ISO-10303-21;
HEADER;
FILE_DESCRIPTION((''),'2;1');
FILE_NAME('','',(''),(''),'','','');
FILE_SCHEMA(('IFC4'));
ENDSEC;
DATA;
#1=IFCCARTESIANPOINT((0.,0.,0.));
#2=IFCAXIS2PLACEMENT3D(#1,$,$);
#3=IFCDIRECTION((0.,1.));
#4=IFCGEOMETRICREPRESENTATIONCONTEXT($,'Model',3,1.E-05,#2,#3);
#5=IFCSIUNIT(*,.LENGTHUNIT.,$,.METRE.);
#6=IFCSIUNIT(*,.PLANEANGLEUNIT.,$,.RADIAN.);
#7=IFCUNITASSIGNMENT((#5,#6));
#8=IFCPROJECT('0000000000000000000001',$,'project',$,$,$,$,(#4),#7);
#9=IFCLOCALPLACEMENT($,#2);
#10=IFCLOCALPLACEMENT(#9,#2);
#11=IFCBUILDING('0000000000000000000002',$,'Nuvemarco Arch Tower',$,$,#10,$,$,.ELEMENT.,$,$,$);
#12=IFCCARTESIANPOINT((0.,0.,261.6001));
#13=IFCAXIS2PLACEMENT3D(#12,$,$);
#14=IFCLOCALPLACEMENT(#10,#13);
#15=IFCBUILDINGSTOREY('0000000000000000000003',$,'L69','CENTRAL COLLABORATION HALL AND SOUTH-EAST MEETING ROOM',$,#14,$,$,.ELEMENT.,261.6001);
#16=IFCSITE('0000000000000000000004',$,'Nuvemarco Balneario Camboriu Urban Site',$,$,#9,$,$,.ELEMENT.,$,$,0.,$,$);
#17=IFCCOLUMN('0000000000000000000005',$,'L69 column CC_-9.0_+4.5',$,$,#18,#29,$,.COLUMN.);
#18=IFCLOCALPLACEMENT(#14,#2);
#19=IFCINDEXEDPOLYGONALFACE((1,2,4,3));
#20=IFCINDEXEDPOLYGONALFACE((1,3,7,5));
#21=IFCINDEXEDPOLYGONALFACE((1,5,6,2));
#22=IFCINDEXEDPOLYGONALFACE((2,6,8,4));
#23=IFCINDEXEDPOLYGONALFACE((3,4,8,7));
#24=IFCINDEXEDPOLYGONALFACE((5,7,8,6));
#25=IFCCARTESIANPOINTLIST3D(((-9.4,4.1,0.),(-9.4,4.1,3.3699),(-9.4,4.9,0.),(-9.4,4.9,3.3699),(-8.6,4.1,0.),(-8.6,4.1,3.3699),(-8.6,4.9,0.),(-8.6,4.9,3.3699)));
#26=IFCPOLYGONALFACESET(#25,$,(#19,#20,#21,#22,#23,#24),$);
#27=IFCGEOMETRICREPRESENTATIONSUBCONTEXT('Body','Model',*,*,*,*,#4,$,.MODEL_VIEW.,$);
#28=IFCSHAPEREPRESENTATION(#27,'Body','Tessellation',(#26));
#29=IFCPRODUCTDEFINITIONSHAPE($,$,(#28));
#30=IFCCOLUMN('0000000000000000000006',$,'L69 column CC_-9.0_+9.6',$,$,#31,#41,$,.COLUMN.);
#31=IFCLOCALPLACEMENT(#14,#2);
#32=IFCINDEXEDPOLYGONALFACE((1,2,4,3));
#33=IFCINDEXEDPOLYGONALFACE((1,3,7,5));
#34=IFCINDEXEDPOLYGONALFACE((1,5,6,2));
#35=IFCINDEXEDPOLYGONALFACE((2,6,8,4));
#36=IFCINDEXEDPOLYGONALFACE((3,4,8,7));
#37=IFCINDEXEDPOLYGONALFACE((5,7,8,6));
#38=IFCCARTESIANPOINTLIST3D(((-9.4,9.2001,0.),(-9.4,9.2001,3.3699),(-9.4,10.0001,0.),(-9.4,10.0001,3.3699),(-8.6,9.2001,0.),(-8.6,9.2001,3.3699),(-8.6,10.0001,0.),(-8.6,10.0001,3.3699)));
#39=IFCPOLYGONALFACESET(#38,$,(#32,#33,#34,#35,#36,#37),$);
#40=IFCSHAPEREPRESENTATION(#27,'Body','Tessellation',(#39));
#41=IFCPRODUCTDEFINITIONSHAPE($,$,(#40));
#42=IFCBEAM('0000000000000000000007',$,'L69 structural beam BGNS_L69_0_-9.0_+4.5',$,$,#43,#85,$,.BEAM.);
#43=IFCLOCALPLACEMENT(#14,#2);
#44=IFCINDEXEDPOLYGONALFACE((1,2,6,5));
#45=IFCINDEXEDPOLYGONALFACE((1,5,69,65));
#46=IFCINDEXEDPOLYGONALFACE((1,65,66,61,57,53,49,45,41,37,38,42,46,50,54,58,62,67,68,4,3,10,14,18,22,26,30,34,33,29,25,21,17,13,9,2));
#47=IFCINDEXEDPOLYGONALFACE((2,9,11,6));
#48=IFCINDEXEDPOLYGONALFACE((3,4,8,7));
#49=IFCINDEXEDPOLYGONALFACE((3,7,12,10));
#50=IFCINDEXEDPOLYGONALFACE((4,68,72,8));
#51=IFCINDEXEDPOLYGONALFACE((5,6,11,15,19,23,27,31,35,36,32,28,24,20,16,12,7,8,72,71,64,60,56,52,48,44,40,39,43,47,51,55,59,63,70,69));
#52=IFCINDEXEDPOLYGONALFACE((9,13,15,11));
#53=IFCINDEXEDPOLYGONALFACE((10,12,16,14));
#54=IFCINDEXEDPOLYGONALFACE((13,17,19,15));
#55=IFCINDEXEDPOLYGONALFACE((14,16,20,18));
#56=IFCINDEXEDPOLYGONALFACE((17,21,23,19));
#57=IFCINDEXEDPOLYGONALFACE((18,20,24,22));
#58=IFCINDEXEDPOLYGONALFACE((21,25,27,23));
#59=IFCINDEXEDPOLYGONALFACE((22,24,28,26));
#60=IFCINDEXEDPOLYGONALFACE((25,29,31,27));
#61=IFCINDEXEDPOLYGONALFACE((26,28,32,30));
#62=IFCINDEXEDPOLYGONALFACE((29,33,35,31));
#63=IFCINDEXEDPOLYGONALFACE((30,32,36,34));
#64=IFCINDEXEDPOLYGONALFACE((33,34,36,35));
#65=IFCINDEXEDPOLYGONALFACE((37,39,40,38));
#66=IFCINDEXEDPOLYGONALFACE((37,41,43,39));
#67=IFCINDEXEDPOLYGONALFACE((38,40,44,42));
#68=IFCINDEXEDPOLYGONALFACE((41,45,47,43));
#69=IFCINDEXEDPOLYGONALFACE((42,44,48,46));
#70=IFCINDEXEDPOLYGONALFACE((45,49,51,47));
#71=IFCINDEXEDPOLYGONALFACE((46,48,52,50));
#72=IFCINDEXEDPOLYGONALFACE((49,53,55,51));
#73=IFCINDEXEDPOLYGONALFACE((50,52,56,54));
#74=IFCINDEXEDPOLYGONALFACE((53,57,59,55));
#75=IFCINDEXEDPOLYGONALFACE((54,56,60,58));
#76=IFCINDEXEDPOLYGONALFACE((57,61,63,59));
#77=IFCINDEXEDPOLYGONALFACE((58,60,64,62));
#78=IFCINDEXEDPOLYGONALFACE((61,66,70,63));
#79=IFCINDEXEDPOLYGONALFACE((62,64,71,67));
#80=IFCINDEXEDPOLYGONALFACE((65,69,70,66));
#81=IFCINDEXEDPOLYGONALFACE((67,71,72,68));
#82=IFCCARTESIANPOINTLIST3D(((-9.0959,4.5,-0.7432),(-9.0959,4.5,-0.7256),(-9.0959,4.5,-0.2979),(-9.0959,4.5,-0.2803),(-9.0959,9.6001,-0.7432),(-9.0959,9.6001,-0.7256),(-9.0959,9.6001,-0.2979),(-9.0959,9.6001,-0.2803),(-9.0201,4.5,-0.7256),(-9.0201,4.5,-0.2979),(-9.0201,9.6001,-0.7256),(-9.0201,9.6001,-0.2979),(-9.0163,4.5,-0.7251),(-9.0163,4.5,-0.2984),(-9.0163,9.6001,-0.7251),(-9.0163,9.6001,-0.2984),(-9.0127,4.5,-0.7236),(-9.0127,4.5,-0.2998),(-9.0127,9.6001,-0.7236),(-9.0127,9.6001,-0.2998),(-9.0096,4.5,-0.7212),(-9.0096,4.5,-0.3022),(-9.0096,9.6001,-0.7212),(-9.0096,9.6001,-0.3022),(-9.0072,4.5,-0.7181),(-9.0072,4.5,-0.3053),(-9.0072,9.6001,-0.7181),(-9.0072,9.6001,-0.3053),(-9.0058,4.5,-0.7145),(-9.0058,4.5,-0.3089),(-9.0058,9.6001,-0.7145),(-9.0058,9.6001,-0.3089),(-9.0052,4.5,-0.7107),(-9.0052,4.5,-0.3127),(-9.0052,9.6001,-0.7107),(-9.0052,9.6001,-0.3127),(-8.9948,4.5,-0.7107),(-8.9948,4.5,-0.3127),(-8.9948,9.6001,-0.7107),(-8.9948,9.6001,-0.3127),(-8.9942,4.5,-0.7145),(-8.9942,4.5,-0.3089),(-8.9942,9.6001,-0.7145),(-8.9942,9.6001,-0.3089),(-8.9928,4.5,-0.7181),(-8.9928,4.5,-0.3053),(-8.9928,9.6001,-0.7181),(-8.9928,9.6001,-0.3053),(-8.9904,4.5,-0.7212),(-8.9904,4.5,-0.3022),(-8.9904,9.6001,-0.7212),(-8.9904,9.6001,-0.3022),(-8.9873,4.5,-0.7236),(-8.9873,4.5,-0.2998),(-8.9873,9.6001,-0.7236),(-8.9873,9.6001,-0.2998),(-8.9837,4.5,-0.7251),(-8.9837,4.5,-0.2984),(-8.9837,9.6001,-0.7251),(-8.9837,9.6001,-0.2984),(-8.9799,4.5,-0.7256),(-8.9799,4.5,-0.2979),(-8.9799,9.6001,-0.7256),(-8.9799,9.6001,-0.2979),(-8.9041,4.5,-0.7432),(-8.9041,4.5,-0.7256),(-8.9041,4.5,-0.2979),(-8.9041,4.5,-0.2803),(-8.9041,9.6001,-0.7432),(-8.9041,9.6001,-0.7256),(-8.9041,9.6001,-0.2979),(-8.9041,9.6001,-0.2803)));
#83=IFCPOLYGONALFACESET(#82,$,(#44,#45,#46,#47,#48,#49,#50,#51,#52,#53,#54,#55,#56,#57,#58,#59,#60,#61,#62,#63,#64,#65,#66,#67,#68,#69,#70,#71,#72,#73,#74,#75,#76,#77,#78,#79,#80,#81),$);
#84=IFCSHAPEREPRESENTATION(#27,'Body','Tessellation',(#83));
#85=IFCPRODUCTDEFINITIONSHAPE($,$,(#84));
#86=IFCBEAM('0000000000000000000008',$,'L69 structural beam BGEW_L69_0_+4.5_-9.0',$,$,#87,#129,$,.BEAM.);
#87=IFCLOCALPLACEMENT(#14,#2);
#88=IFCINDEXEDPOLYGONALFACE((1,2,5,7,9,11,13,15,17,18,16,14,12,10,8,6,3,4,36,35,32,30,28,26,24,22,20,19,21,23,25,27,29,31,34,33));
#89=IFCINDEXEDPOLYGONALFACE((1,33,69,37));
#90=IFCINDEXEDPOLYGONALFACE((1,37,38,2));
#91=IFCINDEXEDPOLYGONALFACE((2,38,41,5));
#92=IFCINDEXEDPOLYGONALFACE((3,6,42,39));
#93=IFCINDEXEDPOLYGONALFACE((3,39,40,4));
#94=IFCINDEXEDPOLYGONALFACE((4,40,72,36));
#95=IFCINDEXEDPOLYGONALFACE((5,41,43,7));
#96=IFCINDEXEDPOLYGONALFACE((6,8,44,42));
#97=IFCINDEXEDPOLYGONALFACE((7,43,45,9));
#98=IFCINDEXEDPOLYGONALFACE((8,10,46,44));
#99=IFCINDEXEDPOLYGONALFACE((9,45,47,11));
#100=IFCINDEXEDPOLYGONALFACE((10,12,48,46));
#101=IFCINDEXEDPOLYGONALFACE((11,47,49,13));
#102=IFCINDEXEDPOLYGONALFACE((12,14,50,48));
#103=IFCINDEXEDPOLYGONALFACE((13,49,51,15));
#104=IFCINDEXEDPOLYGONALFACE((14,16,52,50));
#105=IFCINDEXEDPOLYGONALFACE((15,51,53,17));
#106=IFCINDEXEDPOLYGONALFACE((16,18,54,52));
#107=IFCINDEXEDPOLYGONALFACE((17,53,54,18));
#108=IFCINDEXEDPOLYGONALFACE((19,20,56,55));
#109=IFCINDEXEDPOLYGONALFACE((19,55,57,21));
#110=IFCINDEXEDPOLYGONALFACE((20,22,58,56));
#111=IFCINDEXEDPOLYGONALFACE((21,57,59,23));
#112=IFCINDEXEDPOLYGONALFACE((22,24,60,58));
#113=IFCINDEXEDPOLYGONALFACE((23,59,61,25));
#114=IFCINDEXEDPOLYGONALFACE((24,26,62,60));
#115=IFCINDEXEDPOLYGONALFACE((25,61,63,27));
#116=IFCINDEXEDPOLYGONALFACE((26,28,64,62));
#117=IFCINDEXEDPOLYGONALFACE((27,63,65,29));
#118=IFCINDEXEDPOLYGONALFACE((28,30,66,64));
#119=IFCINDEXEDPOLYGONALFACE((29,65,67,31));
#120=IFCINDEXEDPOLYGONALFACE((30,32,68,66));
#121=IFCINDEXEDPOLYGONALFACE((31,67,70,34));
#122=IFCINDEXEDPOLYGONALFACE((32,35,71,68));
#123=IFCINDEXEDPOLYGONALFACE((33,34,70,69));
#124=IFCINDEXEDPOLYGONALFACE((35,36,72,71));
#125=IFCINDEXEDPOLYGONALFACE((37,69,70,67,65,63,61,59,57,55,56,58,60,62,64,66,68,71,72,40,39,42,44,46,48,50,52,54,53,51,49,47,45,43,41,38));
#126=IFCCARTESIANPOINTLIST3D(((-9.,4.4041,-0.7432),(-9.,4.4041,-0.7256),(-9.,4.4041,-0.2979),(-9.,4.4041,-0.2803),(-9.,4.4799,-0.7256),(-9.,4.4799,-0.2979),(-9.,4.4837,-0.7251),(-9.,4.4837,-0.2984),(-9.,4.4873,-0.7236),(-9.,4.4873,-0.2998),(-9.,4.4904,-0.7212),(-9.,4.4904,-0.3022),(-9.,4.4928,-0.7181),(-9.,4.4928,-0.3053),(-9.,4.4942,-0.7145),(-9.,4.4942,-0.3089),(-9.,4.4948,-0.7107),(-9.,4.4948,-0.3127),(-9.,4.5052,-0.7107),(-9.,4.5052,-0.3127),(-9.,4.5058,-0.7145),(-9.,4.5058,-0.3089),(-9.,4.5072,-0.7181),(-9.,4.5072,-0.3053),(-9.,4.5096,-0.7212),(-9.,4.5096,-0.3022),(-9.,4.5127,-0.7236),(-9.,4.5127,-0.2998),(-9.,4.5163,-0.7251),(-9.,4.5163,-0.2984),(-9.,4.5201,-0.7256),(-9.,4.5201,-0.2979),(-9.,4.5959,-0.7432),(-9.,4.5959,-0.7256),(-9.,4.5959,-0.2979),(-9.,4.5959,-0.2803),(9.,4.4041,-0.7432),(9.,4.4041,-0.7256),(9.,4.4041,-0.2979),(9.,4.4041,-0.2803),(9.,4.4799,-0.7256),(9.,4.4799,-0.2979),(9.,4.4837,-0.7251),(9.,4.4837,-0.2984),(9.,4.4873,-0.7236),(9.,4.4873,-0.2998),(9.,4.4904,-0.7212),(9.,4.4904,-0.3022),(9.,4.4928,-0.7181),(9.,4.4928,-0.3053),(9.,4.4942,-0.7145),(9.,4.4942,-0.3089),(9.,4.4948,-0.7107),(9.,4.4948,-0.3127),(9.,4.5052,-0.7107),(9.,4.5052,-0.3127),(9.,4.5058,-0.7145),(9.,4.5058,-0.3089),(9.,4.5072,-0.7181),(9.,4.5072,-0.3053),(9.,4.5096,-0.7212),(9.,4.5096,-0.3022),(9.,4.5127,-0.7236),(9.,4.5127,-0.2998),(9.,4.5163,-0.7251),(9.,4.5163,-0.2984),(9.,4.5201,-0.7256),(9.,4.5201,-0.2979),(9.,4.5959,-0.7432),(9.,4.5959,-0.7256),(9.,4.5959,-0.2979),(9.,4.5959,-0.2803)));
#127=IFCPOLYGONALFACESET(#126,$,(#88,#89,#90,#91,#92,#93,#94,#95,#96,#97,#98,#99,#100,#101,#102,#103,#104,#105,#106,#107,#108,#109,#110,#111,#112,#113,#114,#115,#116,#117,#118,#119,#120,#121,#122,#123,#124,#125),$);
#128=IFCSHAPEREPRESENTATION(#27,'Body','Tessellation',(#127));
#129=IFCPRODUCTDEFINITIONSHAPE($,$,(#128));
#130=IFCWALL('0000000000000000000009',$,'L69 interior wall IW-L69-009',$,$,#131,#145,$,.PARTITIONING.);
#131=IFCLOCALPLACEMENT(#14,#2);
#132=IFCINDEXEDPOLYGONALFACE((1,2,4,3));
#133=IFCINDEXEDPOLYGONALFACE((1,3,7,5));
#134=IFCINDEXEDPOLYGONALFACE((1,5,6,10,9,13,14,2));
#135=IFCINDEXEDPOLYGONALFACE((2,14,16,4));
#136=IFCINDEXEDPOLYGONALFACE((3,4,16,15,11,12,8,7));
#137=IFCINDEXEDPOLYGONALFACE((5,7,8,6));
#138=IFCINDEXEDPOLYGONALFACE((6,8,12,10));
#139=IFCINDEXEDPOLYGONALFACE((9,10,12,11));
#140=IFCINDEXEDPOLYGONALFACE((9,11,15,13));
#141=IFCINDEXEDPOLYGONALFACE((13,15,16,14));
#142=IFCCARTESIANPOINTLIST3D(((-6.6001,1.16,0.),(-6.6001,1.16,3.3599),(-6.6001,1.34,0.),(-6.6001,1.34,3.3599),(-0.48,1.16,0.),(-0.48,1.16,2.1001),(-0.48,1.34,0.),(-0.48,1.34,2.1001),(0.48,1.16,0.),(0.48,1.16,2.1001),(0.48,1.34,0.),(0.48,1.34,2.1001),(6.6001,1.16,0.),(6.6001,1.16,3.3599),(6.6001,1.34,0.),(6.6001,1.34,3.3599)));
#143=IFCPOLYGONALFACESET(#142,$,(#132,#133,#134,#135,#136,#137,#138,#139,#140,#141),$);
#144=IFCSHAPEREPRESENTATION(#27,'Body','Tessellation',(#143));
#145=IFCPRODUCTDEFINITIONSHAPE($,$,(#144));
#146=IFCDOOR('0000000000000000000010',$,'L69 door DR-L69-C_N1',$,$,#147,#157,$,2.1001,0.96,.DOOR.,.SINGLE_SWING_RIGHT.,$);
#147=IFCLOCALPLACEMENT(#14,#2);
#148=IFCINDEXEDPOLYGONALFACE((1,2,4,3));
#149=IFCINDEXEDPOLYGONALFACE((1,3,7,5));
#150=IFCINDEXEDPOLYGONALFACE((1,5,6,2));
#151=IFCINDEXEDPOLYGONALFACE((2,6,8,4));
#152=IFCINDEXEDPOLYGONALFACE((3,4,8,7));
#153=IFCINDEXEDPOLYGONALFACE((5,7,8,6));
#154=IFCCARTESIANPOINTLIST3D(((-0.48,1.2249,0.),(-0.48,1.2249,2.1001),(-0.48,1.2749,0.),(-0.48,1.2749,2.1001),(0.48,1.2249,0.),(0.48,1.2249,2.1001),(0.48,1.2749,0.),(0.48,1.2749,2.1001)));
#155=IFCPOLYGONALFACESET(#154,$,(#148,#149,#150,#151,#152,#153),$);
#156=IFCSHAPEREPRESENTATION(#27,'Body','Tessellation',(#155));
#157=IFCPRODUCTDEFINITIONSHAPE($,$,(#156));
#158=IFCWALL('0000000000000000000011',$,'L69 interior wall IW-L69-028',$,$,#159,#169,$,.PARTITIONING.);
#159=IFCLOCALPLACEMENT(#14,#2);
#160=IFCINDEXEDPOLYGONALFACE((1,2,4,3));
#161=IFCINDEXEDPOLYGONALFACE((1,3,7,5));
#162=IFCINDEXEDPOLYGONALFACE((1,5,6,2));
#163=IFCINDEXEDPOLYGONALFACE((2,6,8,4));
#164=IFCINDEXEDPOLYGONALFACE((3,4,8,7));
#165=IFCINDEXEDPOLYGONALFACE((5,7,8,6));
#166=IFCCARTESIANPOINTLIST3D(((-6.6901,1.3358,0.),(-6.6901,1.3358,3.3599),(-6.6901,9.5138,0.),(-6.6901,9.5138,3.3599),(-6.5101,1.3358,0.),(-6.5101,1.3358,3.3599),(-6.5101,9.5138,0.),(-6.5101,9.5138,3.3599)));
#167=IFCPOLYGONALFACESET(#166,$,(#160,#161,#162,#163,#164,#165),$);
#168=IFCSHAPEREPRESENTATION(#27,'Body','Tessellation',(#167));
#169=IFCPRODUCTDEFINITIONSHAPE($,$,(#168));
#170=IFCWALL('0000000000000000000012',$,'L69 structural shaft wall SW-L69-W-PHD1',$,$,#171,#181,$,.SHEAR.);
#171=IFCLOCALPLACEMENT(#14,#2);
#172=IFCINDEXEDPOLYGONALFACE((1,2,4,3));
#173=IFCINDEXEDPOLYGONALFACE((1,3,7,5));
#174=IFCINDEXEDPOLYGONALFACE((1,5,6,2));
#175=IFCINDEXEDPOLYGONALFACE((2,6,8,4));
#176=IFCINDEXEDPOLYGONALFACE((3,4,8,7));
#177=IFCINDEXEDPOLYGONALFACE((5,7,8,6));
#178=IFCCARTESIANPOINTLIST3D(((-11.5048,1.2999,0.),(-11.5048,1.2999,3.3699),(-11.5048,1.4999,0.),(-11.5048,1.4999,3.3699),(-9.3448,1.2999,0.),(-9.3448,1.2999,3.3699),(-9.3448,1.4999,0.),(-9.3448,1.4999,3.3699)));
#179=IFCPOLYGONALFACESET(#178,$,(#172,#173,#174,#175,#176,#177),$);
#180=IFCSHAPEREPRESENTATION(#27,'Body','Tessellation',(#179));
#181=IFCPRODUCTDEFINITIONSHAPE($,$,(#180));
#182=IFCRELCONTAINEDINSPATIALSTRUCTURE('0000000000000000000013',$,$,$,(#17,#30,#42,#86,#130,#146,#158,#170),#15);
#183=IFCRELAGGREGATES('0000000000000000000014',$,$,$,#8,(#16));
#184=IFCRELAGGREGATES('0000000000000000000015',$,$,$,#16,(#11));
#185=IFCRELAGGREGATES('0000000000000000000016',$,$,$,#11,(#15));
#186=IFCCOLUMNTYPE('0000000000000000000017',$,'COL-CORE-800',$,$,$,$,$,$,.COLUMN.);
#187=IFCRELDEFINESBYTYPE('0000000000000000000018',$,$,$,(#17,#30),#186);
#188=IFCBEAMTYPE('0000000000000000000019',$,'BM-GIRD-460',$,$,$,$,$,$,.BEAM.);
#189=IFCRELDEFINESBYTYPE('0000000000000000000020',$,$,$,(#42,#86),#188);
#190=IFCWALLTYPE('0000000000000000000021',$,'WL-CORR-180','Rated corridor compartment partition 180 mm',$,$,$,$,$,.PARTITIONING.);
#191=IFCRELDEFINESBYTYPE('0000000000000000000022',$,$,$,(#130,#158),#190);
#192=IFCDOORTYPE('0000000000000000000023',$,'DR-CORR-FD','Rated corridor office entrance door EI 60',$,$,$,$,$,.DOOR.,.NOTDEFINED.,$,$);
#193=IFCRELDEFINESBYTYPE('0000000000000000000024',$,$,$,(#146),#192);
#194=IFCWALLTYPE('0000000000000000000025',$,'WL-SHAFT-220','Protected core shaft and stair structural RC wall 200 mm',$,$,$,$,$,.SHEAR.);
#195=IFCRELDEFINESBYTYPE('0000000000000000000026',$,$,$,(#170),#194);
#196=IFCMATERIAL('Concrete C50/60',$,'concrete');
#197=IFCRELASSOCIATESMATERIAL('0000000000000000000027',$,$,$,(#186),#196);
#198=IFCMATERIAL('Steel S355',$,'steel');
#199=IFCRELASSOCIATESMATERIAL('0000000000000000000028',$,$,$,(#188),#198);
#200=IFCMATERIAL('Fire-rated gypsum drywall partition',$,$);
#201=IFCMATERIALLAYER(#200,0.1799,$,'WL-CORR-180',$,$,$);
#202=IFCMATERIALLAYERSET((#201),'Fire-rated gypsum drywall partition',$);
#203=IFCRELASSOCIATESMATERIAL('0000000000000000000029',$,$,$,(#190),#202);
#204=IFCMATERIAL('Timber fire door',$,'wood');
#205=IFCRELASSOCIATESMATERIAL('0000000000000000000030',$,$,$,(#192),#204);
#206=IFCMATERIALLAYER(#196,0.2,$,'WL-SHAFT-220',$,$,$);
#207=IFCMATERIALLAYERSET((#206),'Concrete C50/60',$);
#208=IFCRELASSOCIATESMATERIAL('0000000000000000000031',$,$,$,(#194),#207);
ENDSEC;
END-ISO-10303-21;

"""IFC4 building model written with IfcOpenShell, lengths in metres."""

from ifc_helpers import new_model, si_unit, direction, frame, frame_2d, origin, origin_2d, place, context, subcontext, project, spatial, rectangle, i_section, extrude, source, transform, mapped, material, layer, layer_set, material_profile, profile_set, type_object, type_shapes, element, fill, save


model = new_model("IFC4")

# Units and contexts
model_context = context("Model", 3, precision=1e-05, world=origin(), true_north=direction((0.0, 1.0)))
body_context = subcontext(model_context, "Body", "Model", "MODEL_VIEW")
ifc_project = project(units=[si_unit("LENGTHUNIT", "METRE"), si_unit("PLANEANGLEUNIT", "RADIAN")], contexts=[model_context])

# Site, building, storey
site_placement = place(None, origin())
site = spatial("IfcSite", under=ifc_project, at=site_placement, Name="Nuvemarco Balneario Camboriu Urban Site", CompositionType="ELEMENT", RefElevation=0.0)
building_placement = place(site_placement, origin())
building = spatial("IfcBuilding", under=site, at=building_placement, Name="Nuvemarco Arch Tower", CompositionType="ELEMENT")
storey_placement = place(building_placement, frame((0.0, 0.0, 261.6001)))
storey = spatial("IfcBuildingStorey", under=building, at=storey_placement, Name="L69", Description="CENTRAL COLLABORATION HALL AND SOUTH-EAST MEETING ROOM", CompositionType="ELEMENT", Elevation=261.6001)

# Columns
ifc_material_1 = material(Name="Concrete C50/60", Category="concrete")
ifc_material_profile_1 = material_profile(ifc_material_1, rectangle(XDim=0.8, YDim=0.8, at=origin_2d()), Name="RC-COL-800x800")
ifc_profile_set_1 = profile_set([ifc_material_profile_1], Name="Concrete C50/60")
column_type = type_object("IfcColumnType", Name="COL-CORE-800", PredefinedType="COLUMN", material=ifc_profile_set_1)
for number, where, z_axis, x_axis, name in (
    (1, (-9.0, 4.5, 0.0), (0.0, 0.0, 1.0), (1.0, 0.0, 0.0), "L69 column CC_-9.0_+4.5"),
    (2, (-9.0, 9.6001, 0.0), (0.0, 0.0, 1.0), (1.0, 0.0, 0.0), "L69 column CC_-9.0_+9.6"),
):
    element("IfcColumn", number, at=place(storey_placement, frame(where, z_axis=z_axis, x_axis=x_axis)), inside=storey, type_object=column_type, Name=name, PredefinedType="COLUMN", context=body_context, shape_type="SweptSolid", body=[
        extrude(rectangle(XDim=0.8, YDim=0.8, at=origin_2d()), origin(), (0.0, 0.0, 1.0), 3.3699),
    ])

# Beams
ifc_material_2 = material(Name="Steel S355", Category="steel")
ifc_material_profile_2 = material_profile(ifc_material_2, i_section(OverallWidth=0.1919, OverallDepth=0.4629, WebThickness=0.0105, FlangeThickness=0.0176, FilletRadius=0.0149, at=origin_2d()), Name="W460x89")
ifc_profile_set_2 = profile_set([ifc_material_profile_2], Name="Steel S355")
beam_type = type_object("IfcBeamType", Name="BM-GIRD-460", PredefinedType="BEAM", material=ifc_profile_set_2)
beam_1_placement = place(storey_placement, frame((-9.0, 4.5, -0.5117), z_axis=(0.0, 1.0, 0.0), x_axis=(-1.0, 0.0, 0.0)))
element("IfcBeam", 3, at=beam_1_placement, inside=storey, type_object=beam_type, Name="L69 structural beam BGNS_L69_0_-9.0_+4.5", PredefinedType="BEAM", context=body_context, shape_type="SweptSolid", body=[
    extrude(i_section(OverallWidth=0.1919, OverallDepth=0.4629, WebThickness=0.0105, FlangeThickness=0.0176, FilletRadius=0.0149, at=origin_2d()), origin(), (0.0, 0.0, 1.0), 5.1001),
])
beam_2_placement = place(storey_placement, frame((-9.0, 4.5, -0.5117), z_axis=(1.0, 0.0, 0.0), x_axis=(0.0, 1.0, 0.0)))
element("IfcBeam", 4, at=beam_2_placement, inside=storey, type_object=beam_type, Name="L69 structural beam BGEW_L69_0_+4.5_-9.0", PredefinedType="BEAM", context=body_context, shape_type="SweptSolid", body=[
    extrude(i_section(OverallWidth=0.1919, OverallDepth=0.4629, WebThickness=0.0105, FlangeThickness=0.0176, FilletRadius=0.0149, at=origin_2d()), origin(), (0.0, 0.0, 1.0), 18.0),
])

# Wall, opening, door
ifc_material_3 = material(Name="Fire-rated gypsum drywall partition")
ifc_layer_1 = layer(ifc_material_3, 0.1799, Name="WL-CORR-180")
ifc_layer_set_1 = layer_set([ifc_layer_1], Name="Fire-rated gypsum drywall partition")
wall_type_1 = type_object("IfcWallType", Name="WL-CORR-180", Description="Rated corridor compartment partition 180 mm", PredefinedType="PARTITIONING", material=ifc_layer_set_1)
wall_1_placement = place(storey_placement, frame((-6.6001, 1.25, 0.0), z_axis=(0.0, 0.0, 1.0), x_axis=(1.0, 0.0, 0.0)))
wall_1 = element("IfcWall", 5, at=wall_1_placement, inside=storey, type_object=wall_type_1, Name="L69 interior wall IW-L69-009", PredefinedType="PARTITIONING", context=body_context, shape_type="SweptSolid", body=[
    extrude(rectangle(XDim=13.2002, YDim=0.1799, at=frame_2d((6.6001, 0.0))), origin(), (0.0, 0.0, 1.0), 3.3599),
])
opening_1_placement = place(wall_1_placement, frame((6.1201, 0.0, 0.0)))
opening_1 = element("IfcOpeningElement", 6, at=opening_1_placement, cuts=wall_1, PredefinedType="OPENING", context=body_context, shape_type="SweptSolid", body=[
    extrude(rectangle(XDim=0.96, YDim=2.1001, at=frame_2d((0.48, 1.05))), frame((0.0, 0.0999, 0.0), z_axis=(0.0, -1.0, 0.0), x_axis=(1.0, 0.0, 0.0)), (0.0, 0.0, 1.0), 0.2),
])
ifc_material_4 = material(Name="Timber fire door", Category="wood")
door_type_1 = type_object("IfcDoorType", Name="DR-CORR-FD", Description="Rated corridor office entrance door EI 60", OperationType="NOTDEFINED", PredefinedType="DOOR", material=ifc_material_4)
shared_shape_1 = source(origin(), body_context, "Body", "SweptSolid", [
    extrude(rectangle(XDim=0.96, YDim=2.1001, at=frame_2d((0.48, 1.05))), frame((0.0, 0.0249, 0.0), z_axis=(0.0, -1.0, 0.0), x_axis=(1.0, 0.0, 0.0)), (0.0, 0.0, 1.0), 0.05),
])
type_shapes(door_type_1, [shared_shape_1])
door_1_placement = place(opening_1_placement, origin())
door_1 = element("IfcDoor", 7, at=door_1_placement, inside=storey, type_object=door_type_1, Name="L69 door DR-L69-C_N1", OperationType="SINGLE_SWING_RIGHT", OverallHeight=2.1001, OverallWidth=0.96, PredefinedType="DOOR", context=body_context, shape_type="MappedRepresentation", body=[
    mapped(shared_shape_1, transform((0.0, 0.0, 0.0), scale=1.0)),
])
fill(opening_1, door_1)

# Wall
wall_2_placement = place(storey_placement, frame((-6.6001, 1.3359, 0.0), z_axis=(0.0, 0.0, 1.0), x_axis=(0.0, 1.0, 0.0)))
element("IfcWall", 8, at=wall_2_placement, inside=storey, type_object=wall_type_1, Name="L69 interior wall IW-L69-028", PredefinedType="PARTITIONING", context=body_context, shape_type="SweptSolid", body=[
    extrude(rectangle(XDim=8.178, YDim=0.1799, at=frame_2d((4.0889, 0.0))), origin(), (0.0, 0.0, 1.0), 3.3599),
])

# Shared definitions
ifc_layer_2 = layer(ifc_material_1, 0.2, Name="WL-SHAFT-220")
ifc_layer_set_2 = layer_set([ifc_layer_2], Name="Concrete C50/60")
wall_type_2 = type_object("IfcWallType", Name="WL-SHAFT-220", Description="Protected core shaft and stair structural RC wall 200 mm", PredefinedType="SHEAR", material=ifc_layer_set_2)

# Wall
for number, where, z_axis, x_axis, name in (
    (9, (-11.5049, 1.3999, 0.0), (0.0, 0.0, 1.0), (1.0, 0.0, 0.0), "L69 structural shaft wall SW-L69-W-PHD1"),
):
    element("IfcWall", number, at=place(storey_placement, frame(where, z_axis=z_axis, x_axis=x_axis)), inside=storey, type_object=wall_type_2, Name=name, PredefinedType="SHEAR", context=body_context, shape_type="SweptSolid", body=[
        extrude(rectangle(XDim=2.1599, YDim=0.2, at=frame_2d((1.0801, 0.0))), origin(), (0.0, 0.0, 1.0), 3.3699),
    ])

save(model, "model.ifc")
